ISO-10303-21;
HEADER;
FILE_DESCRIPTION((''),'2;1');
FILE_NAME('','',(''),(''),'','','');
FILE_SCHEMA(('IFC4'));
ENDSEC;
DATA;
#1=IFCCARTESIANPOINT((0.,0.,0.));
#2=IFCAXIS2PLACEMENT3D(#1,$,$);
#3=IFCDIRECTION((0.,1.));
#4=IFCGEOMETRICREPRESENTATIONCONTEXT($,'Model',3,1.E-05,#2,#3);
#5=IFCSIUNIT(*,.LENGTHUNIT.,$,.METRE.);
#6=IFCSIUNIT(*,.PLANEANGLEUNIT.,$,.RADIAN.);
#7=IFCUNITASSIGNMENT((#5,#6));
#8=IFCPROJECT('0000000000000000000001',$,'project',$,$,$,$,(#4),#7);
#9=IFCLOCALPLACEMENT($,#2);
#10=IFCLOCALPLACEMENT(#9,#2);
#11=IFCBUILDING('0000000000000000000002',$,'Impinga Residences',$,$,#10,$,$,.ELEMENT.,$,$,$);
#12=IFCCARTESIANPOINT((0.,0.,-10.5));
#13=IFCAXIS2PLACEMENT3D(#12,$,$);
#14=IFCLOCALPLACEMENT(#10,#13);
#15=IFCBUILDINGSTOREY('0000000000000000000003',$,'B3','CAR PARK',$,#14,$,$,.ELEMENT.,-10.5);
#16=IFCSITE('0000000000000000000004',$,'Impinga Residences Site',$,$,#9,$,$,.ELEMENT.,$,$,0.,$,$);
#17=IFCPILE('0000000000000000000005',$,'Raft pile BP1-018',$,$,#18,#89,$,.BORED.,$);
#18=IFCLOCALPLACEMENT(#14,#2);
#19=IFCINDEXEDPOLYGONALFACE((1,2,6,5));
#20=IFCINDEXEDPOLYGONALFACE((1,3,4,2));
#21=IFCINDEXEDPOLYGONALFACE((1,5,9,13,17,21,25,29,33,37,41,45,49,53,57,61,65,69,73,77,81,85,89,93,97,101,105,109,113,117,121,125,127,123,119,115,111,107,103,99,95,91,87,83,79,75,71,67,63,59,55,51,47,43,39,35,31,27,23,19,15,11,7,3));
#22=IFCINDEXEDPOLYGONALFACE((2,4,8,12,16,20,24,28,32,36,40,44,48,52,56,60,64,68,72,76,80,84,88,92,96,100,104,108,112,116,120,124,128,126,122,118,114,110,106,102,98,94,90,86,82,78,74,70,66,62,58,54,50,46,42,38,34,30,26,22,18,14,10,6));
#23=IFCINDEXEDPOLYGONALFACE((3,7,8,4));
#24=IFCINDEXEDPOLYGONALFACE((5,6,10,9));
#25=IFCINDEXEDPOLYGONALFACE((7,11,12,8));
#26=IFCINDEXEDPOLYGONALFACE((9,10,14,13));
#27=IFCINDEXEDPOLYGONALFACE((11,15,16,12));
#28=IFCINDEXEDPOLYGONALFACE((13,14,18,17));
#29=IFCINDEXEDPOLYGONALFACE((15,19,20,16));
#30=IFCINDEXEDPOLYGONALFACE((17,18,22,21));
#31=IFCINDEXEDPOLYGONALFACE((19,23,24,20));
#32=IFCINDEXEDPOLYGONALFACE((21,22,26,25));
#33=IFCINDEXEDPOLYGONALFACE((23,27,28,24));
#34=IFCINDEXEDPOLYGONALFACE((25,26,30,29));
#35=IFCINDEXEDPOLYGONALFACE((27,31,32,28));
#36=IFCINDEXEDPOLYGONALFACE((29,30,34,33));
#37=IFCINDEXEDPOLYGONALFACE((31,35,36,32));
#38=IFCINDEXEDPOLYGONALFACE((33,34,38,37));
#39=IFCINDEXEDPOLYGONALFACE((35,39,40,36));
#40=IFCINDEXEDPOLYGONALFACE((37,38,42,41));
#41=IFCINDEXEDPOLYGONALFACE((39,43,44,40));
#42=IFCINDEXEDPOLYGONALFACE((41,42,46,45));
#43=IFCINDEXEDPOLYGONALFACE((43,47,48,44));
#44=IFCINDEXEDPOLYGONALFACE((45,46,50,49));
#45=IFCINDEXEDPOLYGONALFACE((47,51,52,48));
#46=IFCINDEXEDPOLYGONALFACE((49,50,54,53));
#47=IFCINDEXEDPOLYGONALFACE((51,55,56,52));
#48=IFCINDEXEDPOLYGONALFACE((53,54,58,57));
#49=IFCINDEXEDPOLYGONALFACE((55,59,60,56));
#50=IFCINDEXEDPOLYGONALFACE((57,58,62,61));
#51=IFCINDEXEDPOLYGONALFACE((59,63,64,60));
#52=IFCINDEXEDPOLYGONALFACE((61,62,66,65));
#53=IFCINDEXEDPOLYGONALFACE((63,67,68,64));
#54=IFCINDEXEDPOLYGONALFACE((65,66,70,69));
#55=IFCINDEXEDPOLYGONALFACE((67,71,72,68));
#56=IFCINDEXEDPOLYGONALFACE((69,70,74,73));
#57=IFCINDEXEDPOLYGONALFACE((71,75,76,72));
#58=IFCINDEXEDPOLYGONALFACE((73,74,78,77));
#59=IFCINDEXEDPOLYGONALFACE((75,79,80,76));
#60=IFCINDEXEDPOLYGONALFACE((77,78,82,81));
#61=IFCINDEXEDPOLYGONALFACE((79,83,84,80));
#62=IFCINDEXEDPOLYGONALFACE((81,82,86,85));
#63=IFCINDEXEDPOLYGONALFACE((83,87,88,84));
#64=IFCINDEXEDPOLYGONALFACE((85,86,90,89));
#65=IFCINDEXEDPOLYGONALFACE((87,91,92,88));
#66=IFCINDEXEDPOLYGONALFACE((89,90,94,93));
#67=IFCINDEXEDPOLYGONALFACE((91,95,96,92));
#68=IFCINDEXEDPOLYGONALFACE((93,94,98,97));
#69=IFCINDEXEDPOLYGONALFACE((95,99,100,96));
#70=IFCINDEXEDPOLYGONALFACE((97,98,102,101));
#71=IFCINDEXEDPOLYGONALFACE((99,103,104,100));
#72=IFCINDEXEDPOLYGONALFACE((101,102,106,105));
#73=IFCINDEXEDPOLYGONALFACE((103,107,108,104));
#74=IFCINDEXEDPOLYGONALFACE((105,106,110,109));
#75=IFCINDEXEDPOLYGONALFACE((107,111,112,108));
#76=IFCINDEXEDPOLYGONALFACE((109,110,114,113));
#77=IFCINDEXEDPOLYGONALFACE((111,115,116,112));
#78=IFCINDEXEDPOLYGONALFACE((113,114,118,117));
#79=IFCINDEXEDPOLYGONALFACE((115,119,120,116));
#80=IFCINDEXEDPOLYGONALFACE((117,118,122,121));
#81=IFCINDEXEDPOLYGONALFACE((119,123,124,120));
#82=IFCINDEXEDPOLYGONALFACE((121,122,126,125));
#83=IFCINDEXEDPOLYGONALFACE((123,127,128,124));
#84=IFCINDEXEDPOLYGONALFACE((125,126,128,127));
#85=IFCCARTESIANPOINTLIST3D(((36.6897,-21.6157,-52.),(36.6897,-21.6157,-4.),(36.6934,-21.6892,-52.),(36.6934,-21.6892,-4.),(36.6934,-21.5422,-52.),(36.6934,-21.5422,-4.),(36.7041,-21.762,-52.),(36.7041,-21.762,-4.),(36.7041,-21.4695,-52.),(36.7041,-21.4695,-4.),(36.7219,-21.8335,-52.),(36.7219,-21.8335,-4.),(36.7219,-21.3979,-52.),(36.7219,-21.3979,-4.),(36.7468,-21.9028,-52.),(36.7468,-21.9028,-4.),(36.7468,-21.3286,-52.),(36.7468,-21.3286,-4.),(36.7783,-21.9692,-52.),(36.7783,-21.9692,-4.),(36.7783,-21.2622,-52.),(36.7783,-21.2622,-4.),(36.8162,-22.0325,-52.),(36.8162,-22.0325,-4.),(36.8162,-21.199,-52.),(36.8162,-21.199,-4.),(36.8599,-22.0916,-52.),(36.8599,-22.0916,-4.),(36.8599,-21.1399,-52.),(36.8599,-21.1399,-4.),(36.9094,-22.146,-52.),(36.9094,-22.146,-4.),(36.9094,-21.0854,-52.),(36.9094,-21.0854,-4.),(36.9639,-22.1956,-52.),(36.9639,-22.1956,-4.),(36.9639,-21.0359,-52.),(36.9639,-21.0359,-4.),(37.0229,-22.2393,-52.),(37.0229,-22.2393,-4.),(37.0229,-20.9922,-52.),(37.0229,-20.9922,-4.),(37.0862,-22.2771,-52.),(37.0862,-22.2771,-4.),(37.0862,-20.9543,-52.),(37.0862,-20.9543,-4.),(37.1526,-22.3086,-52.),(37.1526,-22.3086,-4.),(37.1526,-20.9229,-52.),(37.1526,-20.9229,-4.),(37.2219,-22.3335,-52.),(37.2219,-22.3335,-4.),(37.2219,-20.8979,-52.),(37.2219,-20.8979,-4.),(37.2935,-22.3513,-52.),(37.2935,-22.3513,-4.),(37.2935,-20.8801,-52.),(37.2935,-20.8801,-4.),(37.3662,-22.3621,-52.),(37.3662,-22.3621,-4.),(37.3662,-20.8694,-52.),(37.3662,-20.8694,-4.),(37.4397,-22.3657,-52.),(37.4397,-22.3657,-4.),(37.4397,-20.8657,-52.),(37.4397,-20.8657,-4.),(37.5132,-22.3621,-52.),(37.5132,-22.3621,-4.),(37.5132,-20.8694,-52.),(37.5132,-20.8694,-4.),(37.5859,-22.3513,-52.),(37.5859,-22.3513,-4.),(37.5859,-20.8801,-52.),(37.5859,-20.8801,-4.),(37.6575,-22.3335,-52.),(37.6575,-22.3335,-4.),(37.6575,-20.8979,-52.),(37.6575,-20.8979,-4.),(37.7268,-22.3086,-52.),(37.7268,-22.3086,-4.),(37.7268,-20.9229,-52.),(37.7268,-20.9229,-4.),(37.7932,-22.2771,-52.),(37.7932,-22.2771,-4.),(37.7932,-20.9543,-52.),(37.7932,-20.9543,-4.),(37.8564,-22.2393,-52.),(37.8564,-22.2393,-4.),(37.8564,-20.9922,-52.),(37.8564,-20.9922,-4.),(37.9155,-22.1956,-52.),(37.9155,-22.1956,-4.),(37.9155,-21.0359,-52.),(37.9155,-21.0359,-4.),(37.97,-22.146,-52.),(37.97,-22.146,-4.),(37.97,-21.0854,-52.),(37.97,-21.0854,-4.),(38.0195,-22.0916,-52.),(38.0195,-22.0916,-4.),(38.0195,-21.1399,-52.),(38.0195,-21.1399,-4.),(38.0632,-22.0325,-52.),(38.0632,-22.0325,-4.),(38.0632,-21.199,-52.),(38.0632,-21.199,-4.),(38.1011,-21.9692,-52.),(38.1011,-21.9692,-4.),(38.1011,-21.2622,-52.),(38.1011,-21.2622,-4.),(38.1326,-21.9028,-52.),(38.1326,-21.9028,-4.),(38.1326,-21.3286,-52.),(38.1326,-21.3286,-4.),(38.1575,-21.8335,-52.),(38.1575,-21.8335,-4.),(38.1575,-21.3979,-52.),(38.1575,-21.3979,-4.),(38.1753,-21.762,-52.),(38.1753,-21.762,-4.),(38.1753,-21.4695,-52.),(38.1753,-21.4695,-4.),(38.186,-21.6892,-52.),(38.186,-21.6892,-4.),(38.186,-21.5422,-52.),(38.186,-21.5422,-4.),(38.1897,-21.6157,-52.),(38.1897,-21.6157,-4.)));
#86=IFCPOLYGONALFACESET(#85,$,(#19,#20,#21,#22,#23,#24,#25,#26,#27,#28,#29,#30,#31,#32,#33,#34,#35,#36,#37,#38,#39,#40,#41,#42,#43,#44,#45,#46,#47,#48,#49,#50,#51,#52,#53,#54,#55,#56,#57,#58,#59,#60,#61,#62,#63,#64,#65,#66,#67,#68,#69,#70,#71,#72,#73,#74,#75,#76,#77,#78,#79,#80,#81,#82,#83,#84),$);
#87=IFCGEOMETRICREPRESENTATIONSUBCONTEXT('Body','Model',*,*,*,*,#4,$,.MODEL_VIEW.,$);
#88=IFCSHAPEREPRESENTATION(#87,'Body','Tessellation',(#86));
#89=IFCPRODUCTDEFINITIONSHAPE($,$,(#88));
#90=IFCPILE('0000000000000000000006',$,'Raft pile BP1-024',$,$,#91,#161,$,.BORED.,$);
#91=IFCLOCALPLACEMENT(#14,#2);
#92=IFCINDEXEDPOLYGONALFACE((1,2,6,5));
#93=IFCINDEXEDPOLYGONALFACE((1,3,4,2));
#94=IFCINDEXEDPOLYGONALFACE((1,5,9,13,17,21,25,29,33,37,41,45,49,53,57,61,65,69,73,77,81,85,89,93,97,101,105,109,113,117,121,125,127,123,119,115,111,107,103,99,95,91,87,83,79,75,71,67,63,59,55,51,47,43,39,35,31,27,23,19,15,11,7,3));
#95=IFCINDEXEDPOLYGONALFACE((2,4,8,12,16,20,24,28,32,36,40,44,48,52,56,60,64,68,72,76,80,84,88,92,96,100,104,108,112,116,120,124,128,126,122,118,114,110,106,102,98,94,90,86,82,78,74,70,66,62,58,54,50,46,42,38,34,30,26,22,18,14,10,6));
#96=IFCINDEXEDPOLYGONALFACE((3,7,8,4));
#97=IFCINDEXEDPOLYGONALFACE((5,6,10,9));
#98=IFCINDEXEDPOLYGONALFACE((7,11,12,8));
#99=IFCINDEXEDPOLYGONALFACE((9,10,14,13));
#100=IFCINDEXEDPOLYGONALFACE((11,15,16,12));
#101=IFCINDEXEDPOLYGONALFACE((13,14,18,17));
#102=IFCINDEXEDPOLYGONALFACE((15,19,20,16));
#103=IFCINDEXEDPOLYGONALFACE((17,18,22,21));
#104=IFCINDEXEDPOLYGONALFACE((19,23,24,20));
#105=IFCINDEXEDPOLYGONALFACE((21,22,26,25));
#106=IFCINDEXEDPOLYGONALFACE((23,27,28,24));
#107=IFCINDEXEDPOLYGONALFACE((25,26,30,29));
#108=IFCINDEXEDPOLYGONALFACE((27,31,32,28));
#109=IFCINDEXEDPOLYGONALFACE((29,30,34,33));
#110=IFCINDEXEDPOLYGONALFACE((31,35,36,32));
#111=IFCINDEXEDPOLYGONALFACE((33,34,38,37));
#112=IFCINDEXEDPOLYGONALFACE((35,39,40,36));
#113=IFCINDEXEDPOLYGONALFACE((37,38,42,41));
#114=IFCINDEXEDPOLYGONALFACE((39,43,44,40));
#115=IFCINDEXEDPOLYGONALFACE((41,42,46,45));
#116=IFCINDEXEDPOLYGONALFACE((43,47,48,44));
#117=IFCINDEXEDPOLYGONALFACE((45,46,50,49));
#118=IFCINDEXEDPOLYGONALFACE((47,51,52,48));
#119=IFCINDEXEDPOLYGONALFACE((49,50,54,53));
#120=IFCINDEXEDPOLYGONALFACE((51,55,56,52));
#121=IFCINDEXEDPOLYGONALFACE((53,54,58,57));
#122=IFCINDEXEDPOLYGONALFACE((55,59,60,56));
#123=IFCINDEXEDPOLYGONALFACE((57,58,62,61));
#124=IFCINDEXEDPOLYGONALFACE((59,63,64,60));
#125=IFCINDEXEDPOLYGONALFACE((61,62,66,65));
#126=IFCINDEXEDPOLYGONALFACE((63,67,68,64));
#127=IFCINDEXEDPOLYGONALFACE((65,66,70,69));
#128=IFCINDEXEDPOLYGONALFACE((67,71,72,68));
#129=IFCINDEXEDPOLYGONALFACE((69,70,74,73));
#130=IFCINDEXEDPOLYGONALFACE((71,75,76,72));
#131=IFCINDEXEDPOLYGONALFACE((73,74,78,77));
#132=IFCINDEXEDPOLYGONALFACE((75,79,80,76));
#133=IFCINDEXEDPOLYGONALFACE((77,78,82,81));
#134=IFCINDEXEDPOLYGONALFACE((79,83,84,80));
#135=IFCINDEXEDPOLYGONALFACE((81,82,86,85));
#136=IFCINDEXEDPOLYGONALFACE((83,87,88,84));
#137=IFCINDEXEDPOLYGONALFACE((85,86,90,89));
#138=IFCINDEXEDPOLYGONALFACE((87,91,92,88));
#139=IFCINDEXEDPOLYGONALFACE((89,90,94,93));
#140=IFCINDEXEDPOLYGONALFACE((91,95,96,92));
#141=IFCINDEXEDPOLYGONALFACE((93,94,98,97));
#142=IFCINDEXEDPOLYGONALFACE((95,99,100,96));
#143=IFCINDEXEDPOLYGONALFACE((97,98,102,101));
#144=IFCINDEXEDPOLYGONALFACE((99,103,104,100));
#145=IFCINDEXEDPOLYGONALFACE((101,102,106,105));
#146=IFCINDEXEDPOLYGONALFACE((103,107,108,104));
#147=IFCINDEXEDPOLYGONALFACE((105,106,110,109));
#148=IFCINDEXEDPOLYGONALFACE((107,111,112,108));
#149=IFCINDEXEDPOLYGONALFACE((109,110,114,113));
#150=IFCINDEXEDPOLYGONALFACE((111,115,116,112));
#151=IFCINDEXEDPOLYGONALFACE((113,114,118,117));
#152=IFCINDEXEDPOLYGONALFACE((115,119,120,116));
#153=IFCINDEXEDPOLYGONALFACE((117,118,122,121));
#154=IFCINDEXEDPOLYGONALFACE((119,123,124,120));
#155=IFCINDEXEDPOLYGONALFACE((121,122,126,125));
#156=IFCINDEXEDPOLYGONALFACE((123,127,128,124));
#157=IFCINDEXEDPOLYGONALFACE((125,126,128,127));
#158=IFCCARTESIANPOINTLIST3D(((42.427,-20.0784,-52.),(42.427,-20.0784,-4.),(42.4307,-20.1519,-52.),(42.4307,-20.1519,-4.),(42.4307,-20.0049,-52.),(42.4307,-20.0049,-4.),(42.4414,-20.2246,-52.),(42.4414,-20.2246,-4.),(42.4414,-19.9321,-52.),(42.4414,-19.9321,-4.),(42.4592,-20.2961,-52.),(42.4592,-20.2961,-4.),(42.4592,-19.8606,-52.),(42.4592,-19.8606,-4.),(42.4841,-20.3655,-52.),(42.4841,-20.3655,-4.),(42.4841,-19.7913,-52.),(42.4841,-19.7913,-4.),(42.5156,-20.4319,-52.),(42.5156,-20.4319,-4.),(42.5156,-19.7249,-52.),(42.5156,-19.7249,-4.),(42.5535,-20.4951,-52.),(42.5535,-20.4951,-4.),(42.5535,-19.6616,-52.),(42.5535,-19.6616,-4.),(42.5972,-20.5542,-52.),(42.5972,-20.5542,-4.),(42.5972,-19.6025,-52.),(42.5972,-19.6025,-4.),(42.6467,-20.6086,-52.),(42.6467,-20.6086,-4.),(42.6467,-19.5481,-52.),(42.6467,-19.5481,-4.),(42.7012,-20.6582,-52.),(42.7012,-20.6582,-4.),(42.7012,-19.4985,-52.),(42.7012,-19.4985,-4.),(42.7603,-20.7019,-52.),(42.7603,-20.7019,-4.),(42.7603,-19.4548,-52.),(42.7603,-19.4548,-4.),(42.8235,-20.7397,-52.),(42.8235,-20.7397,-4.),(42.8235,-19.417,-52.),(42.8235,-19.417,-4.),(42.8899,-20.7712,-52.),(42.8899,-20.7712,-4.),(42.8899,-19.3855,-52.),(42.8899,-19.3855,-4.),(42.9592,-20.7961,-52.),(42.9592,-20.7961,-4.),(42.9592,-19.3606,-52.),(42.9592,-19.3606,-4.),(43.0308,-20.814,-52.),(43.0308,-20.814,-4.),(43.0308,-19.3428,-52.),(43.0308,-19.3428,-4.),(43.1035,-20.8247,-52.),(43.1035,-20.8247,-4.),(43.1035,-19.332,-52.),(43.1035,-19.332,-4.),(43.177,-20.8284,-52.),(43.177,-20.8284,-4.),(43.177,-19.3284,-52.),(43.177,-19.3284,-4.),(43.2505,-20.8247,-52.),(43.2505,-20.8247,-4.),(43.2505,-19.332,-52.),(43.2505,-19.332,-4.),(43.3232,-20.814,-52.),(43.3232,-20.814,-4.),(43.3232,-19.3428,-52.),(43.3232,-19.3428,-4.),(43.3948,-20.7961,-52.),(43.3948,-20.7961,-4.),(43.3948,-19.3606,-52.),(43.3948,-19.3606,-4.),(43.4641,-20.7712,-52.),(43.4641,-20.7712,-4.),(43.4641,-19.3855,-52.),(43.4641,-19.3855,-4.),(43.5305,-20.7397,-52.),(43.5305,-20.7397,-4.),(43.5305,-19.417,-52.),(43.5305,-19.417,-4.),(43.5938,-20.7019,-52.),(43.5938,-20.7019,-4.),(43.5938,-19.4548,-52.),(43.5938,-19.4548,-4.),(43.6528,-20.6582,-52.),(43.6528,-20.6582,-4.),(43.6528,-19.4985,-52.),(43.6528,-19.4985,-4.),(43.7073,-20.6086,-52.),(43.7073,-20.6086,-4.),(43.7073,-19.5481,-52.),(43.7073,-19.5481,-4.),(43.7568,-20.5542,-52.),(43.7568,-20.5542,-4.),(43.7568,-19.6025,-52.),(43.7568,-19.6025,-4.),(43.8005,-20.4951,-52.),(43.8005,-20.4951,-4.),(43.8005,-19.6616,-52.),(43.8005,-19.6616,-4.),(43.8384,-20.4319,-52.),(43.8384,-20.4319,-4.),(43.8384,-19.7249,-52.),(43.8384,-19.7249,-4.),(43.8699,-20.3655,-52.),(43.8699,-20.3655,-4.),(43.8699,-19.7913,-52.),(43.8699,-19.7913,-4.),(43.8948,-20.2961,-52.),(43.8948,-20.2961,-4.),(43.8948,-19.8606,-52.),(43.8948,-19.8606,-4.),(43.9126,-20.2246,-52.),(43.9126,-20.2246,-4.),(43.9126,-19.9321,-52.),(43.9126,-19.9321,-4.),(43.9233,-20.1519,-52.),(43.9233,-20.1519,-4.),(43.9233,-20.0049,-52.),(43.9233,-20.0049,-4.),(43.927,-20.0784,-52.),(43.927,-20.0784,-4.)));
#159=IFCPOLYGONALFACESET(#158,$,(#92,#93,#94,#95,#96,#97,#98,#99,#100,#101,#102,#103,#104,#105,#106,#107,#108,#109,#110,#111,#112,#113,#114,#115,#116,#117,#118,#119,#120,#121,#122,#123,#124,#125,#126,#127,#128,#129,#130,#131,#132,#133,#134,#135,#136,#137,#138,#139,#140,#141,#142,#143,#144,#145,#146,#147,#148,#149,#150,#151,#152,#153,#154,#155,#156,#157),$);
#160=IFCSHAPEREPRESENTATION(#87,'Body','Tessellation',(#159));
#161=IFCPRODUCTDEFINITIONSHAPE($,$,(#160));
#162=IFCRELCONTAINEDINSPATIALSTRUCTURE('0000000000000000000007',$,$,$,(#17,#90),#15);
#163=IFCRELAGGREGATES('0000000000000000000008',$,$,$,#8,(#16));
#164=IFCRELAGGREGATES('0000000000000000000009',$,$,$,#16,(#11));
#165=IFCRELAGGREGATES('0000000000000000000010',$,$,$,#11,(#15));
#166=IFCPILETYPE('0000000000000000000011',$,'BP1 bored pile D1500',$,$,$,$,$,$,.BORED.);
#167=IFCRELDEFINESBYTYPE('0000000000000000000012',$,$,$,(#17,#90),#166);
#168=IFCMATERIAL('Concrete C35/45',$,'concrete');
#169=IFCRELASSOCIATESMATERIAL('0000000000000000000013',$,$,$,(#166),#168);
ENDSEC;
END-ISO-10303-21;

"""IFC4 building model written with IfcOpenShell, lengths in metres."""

from ifc_helpers import new_model, si_unit, direction, frame, origin, origin_2d, place, context, subcontext, project, spatial, polyline, circle, outline, extrude, material, material_profile, profile_set, type_object, element, save


model = new_model("IFC4")

# Units and contexts
model_context = context("Model", 3, precision=1e-05, world=origin(), true_north=direction((0.0, 1.0)))
body_context = subcontext(model_context, "Body", "Model", "MODEL_VIEW")
ifc_project = project(units=[si_unit("LENGTHUNIT", "METRE"), si_unit("PLANEANGLEUNIT", "RADIAN")], contexts=[model_context])

# Site, building, storey
site_placement = place(None, origin())
site = spatial("IfcSite", under=ifc_project, at=site_placement, Name="Impinga Residences Site", CompositionType="ELEMENT", RefElevation=0.0)
building_placement = place(site_placement, origin())
building = spatial("IfcBuilding", under=site, at=building_placement, Name="Impinga Residences", CompositionType="ELEMENT")
storey_placement = place(building_placement, frame((0.0, 0.0, -10.5)))
storey = spatial("IfcBuildingStorey", under=building, at=storey_placement, Name="B3", Description="CAR PARK", CompositionType="ELEMENT", Elevation=-10.5)

# Piles
ifc_material_1 = material(Name="Concrete C35/45", Category="concrete")
ifc_material_profile_1 = material_profile(ifc_material_1, circle(Radius=0.75, at=origin_2d()), Name="D1500")
ifc_profile_set_1 = profile_set([ifc_material_profile_1], Name="Concrete C35/45")
pile_type_1 = type_object("IfcPileType", Name="BP1 bored pile D1500", PredefinedType="BORED", material=ifc_profile_set_1)
pile_1_placement = place(storey_placement, frame((37.4397, -21.6157, -4.0), z_axis=(0.0, 0.0, -1.0), x_axis=(1.0, 0.0, 0.0)))
element("IfcPile", 1, at=pile_1_placement, inside=storey, type_object=pile_type_1, Name="Raft pile BP1-018", PredefinedType="BORED", context=body_context, shape_type="SweptSolid", body=[
    extrude(outline(polyline([(0.75, 0.0), (0.7463, 0.0735), (0.7356, 0.1462), (0.7178, 0.2178), (0.6929, 0.2871), (0.6614, 0.3535), (0.6235, 0.4167), (0.5798, 0.4758), (0.5303, 0.5303), (0.4758, 0.5798), (0.4167, 0.6235), (0.3535, 0.6614), (0.2871, 0.6929), (0.2178, 0.7178), (0.1462, 0.7356), (0.0735, 0.7463), (0.0, 0.75), (-0.0735, 0.7463), (-0.1462, 0.7356), (-0.2178, 0.7178), (-0.2871, 0.6929), (-0.3535, 0.6614), (-0.4167, 0.6235), (-0.4758, 0.5798), (-0.5303, 0.5303), (-0.5798, 0.4758), (-0.6235, 0.4167), (-0.6614, 0.3535), (-0.6929, 0.2871), (-0.7178, 0.2178), (-0.7356, 0.1462), (-0.7463, 0.0735), (-0.75, 0.0), (-0.7463, -0.0735), (-0.7356, -0.1462), (-0.7178, -0.2178), (-0.6929, -0.2871), (-0.6614, -0.3535), (-0.6235, -0.4167), (-0.5798, -0.4758), (-0.5303, -0.5303), (-0.4758, -0.5798), (-0.4167, -0.6235), (-0.3535, -0.6614), (-0.2871, -0.6929), (-0.2178, -0.7178), (-0.1462, -0.7356), (-0.0735, -0.7463), (0.0, -0.75), (0.0735, -0.7463), (0.1462, -0.7356), (0.2178, -0.7178), (0.2871, -0.6929), (0.3535, -0.6614), (0.4167, -0.6235), (0.4758, -0.5798), (0.5303, -0.5303), (0.5798, -0.4758), (0.6235, -0.4167), (0.6614, -0.3535), (0.6929, -0.2871), (0.7178, -0.2178), (0.7356, -0.1462), (0.7463, -0.0735), (0.75, 0.0)])), origin(), (0.0, 0.0, 1.0), 48.0),
])
pile_2_placement = place(storey_placement, frame((43.177, -20.0784, -4.0), z_axis=(0.0, 0.0, -1.0), x_axis=(1.0, 0.0, 0.0)))
element("IfcPile", 2, at=pile_2_placement, inside=storey, type_object=pile_type_1, Name="Raft pile BP1-024", PredefinedType="BORED", context=body_context, shape_type="SweptSolid", body=[
    extrude(outline(polyline([(0.75, 0.0), (0.7463, 0.0735), (0.7356, 0.1462), (0.7178, 0.2178), (0.6929, 0.2871), (0.6614, 0.3535), (0.6235, 0.4167), (0.5798, 0.4758), (0.5303, 0.5303), (0.4758, 0.5798), (0.4167, 0.6235), (0.3535, 0.6614), (0.2871, 0.6929), (0.2178, 0.7178), (0.1462, 0.7356), (0.0735, 0.7463), (0.0, 0.75), (-0.0735, 0.7463), (-0.1462, 0.7356), (-0.2178, 0.7178), (-0.2871, 0.6929), (-0.3535, 0.6614), (-0.4167, 0.6235), (-0.4758, 0.5798), (-0.5303, 0.5303), (-0.5798, 0.4758), (-0.6235, 0.4167), (-0.6614, 0.3535), (-0.6929, 0.2871), (-0.7178, 0.2178), (-0.7356, 0.1462), (-0.7463, 0.0735), (-0.75, 0.0), (-0.7463, -0.0735), (-0.7356, -0.1462), (-0.7178, -0.2178), (-0.6929, -0.2871), (-0.6614, -0.3535), (-0.6235, -0.4167), (-0.5798, -0.4758), (-0.5303, -0.5303), (-0.4758, -0.5798), (-0.4167, -0.6235), (-0.3535, -0.6614), (-0.2871, -0.6929), (-0.2178, -0.7178), (-0.1462, -0.7356), (-0.0735, -0.7463), (0.0, -0.75), (0.0735, -0.7463), (0.1462, -0.7356), (0.2178, -0.7178), (0.2871, -0.6929), (0.3535, -0.6614), (0.4167, -0.6235), (0.4758, -0.5798), (0.5303, -0.5303), (0.5798, -0.4758), (0.6235, -0.4167), (0.6614, -0.3535), (0.6929, -0.2871), (0.7178, -0.2178), (0.7356, -0.1462), (0.7463, -0.0735), (0.75, 0.0)])), origin(), (0.0, 0.0, 1.0), 48.0),
])

save(model, "model.ifc")
